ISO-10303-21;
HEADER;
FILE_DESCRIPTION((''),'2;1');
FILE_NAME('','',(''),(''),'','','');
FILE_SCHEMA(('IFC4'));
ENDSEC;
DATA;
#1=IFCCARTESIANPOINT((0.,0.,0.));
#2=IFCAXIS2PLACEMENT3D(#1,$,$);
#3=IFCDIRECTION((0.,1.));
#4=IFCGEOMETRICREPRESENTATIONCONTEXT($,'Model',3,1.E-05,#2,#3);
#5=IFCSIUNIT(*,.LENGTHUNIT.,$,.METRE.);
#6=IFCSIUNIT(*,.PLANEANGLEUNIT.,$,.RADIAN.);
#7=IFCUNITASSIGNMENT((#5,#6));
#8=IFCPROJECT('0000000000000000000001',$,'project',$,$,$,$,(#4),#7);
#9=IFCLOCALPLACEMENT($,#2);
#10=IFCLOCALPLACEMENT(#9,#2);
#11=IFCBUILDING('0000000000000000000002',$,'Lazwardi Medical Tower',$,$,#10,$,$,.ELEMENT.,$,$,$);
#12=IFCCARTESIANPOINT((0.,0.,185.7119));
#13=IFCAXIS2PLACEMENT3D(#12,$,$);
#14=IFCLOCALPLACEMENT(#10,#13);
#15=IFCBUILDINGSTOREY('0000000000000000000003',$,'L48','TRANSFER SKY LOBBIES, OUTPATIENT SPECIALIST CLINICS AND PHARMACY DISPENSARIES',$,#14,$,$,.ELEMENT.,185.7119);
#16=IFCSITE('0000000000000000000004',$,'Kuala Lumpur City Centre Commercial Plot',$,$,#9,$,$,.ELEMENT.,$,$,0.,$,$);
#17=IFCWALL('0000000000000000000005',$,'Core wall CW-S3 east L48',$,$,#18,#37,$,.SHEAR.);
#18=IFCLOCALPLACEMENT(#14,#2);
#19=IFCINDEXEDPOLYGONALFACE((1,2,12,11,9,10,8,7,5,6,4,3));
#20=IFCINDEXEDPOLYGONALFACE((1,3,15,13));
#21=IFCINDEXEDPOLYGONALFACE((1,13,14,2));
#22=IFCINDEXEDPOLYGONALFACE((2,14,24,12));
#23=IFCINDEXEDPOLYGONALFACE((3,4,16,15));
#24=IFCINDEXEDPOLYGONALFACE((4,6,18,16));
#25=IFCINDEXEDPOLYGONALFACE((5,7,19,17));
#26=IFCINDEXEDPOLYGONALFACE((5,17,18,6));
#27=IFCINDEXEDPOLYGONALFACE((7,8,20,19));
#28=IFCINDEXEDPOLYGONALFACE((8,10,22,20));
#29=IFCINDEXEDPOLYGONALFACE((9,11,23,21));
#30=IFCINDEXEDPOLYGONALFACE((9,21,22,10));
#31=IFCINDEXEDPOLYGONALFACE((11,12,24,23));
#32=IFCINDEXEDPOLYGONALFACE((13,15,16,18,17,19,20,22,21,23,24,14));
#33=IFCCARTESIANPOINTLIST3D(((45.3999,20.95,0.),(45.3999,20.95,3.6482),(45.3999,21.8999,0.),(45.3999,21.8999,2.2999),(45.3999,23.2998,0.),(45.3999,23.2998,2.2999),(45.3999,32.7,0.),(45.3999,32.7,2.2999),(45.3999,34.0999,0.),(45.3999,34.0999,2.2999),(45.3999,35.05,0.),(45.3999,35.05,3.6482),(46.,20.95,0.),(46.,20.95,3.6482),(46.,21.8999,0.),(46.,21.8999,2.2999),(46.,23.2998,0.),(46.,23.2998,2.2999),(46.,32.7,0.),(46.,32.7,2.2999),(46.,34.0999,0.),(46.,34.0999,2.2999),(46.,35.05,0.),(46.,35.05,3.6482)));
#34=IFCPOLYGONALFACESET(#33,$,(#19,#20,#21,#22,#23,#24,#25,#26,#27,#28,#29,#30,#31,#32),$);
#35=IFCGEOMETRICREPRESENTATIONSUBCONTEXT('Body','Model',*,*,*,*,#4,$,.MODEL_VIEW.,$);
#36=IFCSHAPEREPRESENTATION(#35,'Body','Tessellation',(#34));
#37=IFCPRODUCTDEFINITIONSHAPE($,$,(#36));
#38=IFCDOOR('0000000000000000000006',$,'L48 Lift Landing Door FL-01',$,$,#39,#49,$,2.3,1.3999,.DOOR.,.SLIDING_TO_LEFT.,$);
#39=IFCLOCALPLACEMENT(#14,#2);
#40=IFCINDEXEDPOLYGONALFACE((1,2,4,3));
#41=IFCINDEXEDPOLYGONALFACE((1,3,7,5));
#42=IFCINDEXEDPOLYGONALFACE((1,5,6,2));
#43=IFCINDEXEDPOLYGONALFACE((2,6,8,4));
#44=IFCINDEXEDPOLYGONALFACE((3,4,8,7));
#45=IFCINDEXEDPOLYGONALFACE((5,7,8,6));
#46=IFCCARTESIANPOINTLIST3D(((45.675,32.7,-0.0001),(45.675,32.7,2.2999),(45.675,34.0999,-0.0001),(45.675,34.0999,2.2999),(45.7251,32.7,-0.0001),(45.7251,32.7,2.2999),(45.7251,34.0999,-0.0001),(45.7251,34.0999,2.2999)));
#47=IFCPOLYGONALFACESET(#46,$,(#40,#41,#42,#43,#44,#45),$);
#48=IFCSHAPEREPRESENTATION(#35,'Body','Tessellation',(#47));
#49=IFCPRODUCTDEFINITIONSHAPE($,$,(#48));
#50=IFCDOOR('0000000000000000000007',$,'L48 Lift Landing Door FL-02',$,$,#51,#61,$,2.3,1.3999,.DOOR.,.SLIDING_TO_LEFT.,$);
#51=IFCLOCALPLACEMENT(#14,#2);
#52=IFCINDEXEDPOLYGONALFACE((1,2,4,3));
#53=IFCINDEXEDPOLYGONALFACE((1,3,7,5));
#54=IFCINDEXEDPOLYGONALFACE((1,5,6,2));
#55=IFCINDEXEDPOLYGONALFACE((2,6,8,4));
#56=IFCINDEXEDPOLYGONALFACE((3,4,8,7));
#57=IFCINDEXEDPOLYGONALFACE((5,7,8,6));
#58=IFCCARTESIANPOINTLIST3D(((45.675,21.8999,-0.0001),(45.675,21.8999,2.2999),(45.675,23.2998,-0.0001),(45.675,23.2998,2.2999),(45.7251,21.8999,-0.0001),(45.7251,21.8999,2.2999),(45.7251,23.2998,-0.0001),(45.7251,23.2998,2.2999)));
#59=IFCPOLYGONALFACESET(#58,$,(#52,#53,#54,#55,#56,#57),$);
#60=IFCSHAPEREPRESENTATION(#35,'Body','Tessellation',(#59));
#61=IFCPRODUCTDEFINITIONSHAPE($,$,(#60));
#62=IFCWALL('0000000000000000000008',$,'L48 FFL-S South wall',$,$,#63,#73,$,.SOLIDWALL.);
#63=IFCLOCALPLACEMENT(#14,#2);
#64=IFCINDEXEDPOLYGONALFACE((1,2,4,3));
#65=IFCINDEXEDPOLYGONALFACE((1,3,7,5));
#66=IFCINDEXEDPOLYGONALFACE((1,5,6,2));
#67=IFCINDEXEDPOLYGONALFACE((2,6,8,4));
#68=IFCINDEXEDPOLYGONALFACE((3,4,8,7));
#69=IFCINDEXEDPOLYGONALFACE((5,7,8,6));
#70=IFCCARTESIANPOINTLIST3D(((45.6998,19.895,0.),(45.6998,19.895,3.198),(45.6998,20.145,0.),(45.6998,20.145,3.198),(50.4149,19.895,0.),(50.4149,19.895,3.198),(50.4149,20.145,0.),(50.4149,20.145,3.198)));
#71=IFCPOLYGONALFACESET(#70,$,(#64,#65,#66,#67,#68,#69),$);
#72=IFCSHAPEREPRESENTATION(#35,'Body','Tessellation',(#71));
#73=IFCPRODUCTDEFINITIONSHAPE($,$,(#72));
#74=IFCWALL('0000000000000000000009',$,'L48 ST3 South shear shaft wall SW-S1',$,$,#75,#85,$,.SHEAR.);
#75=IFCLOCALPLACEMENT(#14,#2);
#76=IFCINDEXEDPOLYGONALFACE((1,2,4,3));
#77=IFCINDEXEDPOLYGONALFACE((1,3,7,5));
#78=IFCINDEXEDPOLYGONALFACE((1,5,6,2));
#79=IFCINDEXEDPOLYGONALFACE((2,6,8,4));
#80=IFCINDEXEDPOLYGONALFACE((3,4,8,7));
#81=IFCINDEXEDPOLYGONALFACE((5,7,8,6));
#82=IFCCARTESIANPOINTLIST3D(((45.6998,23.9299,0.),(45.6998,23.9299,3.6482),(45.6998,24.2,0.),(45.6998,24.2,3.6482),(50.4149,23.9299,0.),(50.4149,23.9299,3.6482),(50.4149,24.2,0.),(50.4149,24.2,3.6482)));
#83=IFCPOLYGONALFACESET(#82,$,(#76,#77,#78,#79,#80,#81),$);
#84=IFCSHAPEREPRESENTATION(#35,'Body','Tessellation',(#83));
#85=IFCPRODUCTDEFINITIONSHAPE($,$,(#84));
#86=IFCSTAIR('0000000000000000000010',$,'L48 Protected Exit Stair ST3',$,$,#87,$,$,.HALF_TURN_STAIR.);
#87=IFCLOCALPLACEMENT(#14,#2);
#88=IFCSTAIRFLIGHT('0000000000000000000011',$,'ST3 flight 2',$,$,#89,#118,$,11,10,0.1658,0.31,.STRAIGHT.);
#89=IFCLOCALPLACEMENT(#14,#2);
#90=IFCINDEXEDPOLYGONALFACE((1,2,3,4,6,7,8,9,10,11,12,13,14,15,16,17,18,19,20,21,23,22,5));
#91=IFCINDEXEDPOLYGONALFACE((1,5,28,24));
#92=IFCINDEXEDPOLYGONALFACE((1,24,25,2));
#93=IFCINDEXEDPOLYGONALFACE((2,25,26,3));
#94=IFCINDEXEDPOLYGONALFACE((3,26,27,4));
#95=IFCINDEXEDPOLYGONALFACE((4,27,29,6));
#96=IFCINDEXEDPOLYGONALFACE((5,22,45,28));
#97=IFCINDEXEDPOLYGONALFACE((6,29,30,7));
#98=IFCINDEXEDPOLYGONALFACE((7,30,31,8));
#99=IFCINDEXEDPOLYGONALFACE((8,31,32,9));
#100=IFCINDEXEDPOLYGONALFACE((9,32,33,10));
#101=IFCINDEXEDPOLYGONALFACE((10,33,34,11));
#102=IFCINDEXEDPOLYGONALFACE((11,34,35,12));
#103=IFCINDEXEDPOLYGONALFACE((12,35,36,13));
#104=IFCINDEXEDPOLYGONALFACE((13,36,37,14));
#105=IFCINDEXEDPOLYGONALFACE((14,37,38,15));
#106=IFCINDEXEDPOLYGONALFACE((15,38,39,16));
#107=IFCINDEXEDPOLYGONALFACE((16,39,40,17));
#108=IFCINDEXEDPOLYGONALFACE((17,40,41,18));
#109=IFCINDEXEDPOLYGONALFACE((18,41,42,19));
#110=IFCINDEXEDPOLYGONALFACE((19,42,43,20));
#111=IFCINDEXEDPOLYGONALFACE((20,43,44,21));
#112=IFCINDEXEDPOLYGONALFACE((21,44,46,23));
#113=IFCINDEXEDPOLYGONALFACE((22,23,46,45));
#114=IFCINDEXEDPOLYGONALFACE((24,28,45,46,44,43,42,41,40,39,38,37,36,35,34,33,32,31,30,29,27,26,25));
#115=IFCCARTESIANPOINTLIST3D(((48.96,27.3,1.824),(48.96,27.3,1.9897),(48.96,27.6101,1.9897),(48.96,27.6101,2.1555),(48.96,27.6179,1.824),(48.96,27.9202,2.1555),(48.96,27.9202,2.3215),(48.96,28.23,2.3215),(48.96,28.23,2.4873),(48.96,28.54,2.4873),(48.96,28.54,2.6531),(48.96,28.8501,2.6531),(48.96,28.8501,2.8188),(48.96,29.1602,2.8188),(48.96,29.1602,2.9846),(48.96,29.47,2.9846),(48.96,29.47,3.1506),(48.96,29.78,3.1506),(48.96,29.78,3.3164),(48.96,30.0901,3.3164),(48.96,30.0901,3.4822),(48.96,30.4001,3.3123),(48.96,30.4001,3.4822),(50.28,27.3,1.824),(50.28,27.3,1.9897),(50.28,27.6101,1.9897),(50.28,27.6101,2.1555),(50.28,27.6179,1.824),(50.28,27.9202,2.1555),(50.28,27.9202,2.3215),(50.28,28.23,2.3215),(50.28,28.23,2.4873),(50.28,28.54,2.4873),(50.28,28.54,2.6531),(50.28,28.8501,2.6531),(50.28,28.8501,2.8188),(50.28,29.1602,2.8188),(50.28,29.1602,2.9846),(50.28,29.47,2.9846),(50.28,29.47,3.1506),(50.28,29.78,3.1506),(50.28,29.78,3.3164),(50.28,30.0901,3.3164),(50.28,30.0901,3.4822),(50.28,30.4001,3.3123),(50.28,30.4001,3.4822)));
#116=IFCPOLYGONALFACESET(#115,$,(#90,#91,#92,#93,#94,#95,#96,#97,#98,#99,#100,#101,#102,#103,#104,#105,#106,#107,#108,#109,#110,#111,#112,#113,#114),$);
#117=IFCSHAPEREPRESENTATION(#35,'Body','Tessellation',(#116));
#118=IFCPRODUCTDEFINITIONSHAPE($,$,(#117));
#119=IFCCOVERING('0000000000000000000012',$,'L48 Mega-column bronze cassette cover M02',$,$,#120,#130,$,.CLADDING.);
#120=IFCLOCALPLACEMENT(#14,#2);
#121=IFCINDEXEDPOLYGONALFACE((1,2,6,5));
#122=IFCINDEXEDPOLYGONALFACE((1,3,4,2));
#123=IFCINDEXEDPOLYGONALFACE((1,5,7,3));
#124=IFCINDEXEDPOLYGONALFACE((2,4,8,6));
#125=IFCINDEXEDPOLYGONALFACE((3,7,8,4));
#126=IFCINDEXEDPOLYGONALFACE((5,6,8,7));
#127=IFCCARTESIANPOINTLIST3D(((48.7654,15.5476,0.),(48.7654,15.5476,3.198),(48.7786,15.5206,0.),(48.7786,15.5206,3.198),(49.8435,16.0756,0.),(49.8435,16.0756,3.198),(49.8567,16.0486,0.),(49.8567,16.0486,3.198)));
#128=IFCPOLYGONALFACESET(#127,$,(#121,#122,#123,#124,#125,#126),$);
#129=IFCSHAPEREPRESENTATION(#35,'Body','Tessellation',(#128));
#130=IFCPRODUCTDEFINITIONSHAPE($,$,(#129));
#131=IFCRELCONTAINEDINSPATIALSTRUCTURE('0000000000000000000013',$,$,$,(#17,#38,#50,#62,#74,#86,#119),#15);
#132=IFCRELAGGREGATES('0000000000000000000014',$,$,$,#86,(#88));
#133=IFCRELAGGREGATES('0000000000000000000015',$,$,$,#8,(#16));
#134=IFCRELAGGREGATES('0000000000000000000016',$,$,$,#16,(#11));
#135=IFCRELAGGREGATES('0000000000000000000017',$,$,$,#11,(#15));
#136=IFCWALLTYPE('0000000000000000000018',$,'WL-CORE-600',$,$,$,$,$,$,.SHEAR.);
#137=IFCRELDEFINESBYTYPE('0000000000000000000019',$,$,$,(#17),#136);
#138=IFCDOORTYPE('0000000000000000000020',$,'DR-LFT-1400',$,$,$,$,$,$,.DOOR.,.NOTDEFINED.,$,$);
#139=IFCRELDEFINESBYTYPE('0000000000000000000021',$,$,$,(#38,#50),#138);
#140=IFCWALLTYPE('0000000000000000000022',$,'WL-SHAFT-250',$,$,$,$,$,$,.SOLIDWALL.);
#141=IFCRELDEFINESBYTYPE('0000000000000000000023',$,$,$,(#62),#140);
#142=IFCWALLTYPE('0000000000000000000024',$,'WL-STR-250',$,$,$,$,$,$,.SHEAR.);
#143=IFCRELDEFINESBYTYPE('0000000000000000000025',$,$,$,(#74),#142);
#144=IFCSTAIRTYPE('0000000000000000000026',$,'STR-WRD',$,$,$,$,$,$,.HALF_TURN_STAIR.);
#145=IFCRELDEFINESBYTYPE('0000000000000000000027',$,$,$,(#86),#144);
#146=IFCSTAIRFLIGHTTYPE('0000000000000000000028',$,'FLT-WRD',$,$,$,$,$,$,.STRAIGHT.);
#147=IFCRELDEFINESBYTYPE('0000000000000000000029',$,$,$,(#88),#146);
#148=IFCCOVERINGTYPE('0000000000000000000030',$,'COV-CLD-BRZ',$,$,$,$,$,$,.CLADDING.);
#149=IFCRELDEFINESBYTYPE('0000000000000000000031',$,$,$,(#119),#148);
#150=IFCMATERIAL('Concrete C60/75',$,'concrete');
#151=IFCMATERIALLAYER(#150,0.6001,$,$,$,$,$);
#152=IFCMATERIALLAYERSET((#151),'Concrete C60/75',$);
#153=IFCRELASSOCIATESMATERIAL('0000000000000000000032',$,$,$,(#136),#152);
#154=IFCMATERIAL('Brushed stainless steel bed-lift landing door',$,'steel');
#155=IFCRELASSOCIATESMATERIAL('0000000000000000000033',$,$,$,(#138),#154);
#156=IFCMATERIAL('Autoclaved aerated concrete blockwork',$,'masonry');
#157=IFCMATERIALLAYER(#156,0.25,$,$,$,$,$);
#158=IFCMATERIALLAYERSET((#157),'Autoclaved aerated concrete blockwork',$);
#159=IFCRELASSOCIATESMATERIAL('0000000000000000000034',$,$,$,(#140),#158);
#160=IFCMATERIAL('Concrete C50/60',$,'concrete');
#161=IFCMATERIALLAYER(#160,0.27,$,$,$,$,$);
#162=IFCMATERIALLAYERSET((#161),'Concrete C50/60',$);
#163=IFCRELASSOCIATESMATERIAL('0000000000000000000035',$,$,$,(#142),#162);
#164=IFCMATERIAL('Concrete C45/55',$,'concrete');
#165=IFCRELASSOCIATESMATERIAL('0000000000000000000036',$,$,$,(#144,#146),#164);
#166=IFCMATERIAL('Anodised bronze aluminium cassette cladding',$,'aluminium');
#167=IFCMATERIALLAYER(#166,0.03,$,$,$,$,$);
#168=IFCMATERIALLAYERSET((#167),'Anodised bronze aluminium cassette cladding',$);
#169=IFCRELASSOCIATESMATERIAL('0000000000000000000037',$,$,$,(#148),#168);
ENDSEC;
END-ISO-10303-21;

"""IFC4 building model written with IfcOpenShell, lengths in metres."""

from ifc_helpers import new_model, si_unit, direction, frame, frame_2d, origin, origin_2d, place, context, subcontext, project, spatial, polyline, rectangle, outline, extrude, material, layer, layer_set, type_object, element, fill, aggregate, save


model = new_model("IFC4")

# Units and contexts
model_context = context("Model", 3, precision=1e-05, world=origin(), true_north=direction((0.0, 1.0)))
body_context = subcontext(model_context, "Body", "Model", "MODEL_VIEW")
ifc_project = project(units=[si_unit("LENGTHUNIT", "METRE"), si_unit("PLANEANGLEUNIT", "RADIAN")], contexts=[model_context])

# Site, building, storey
site_placement = place(None, origin())
site = spatial("IfcSite", under=ifc_project, at=site_placement, Name="Kuala Lumpur City Centre Commercial Plot", CompositionType="ELEMENT", RefElevation=0.0)
building_placement = place(site_placement, origin())
building = spatial("IfcBuilding", under=site, at=building_placement, Name="Lazwardi Medical Tower", CompositionType="ELEMENT")
storey_placement = place(building_placement, frame((0.0, 0.0, 185.7119)))
storey = spatial("IfcBuildingStorey", under=building, at=storey_placement, Name="L48", Description="TRANSFER SKY LOBBIES, OUTPATIENT SPECIALIST CLINICS AND PHARMACY DISPENSARIES", CompositionType="ELEMENT", Elevation=185.7119)

# Shared definitions
ifc_material_1 = material(Name="Concrete C60/75", Category="concrete")

# Wall, openings, doors
ifc_layer_1 = layer(ifc_material_1, 0.6001)
ifc_layer_set_1 = layer_set([ifc_layer_1], Name="Concrete C60/75")
wall_type_1 = type_object("IfcWallType", Name="WL-CORE-600", PredefinedType="SHEAR", material=ifc_layer_set_1)
wall_1_placement = place(storey_placement, frame((45.7, 20.95, 0.0), z_axis=(0.0, 0.0, 1.0), x_axis=(0.0, 1.0, 0.0)))
wall_1 = element("IfcWall", 1, at=wall_1_placement, inside=storey, type_object=wall_type_1, Name="Core wall CW-S3 east L48", PredefinedType="SHEAR", context=body_context, shape_type="SweptSolid", body=[
    extrude(rectangle(XDim=14.1001, YDim=0.6001, at=frame_2d((7.05, 0.0))), origin(), (0.0, 0.0, 1.0), 3.6482),
])
opening_1_placement = place(wall_1_placement, frame((11.75, 0.0, 0.0)))
opening_1 = element("IfcOpeningElement", 2, at=opening_1_placement, cuts=wall_1, PredefinedType="OPENING", context=body_context, shape_type="SweptSolid", body=[
    extrude(rectangle(XDim=1.3999, YDim=2.3, at=frame_2d((0.7, 1.1499))), frame((0.0, 0.3101, 0.0), z_axis=(0.0, -1.0, 0.0), x_axis=(1.0, 0.0, 0.0)), (0.0, 0.0, 1.0), 0.6201),
])
opening_2_placement = place(wall_1_placement, frame((0.95, 0.0, 0.0)))
opening_2 = element("IfcOpeningElement", 3, at=opening_2_placement, cuts=wall_1, PredefinedType="OPENING", context=body_context, shape_type="SweptSolid", body=[
    extrude(rectangle(XDim=1.3999, YDim=2.3, at=frame_2d((0.7, 1.1499))), frame((0.0, 0.3101, 0.0), z_axis=(0.0, -1.0, 0.0), x_axis=(1.0, 0.0, 0.0)), (0.0, 0.0, 1.0), 0.6201),
])
ifc_material_2 = material(Name="Brushed stainless steel bed-lift landing door", Category="steel")
door_type = type_object("IfcDoorType", Name="DR-LFT-1400", OperationType="NOTDEFINED", PredefinedType="DOOR", material=ifc_material_2)
door_1_placement = place(opening_1_placement, origin())
door_1 = element("IfcDoor", 4, at=door_1_placement, inside=storey, type_object=door_type, Name="L48 Lift Landing Door FL-01", OperationType="SLIDING_TO_LEFT", OverallHeight=2.3, OverallWidth=1.3999, PredefinedType="DOOR", context=body_context, shape_type="SweptSolid", body=[
    extrude(rectangle(XDim=1.3999, YDim=2.3, at=frame_2d((0.7, 1.1499))), frame((0.0, 0.0249, 0.0), z_axis=(0.0, -1.0, 0.0), x_axis=(1.0, 0.0, 0.0)), (0.0, 0.0, 1.0), 0.05),
])
fill(opening_1, door_1)
door_2_placement = place(opening_2_placement, origin())
door_2 = element("IfcDoor", 5, at=door_2_placement, inside=storey, type_object=door_type, Name="L48 Lift Landing Door FL-02", OperationType="SLIDING_TO_LEFT", OverallHeight=2.3, OverallWidth=1.3999, PredefinedType="DOOR", context=body_context, shape_type="SweptSolid", body=[
    extrude(rectangle(XDim=1.3999, YDim=2.3, at=frame_2d((0.7, 1.1499))), frame((0.0, 0.0249, 0.0), z_axis=(0.0, -1.0, 0.0), x_axis=(1.0, 0.0, 0.0)), (0.0, 0.0, 1.0), 0.05),
])
fill(opening_2, door_2)

# Walls
ifc_material_3 = material(Name="Autoclaved aerated concrete blockwork", Category="masonry")
ifc_layer_2 = layer(ifc_material_3, 0.25)
ifc_layer_set_2 = layer_set([ifc_layer_2], Name="Autoclaved aerated concrete blockwork")
wall_type_2 = type_object("IfcWallType", Name="WL-SHAFT-250", PredefinedType="SOLIDWALL", material=ifc_layer_set_2)
wall_2_placement = place(storey_placement, frame((45.7, 20.02, 0.0), z_axis=(0.0, 0.0, 1.0), x_axis=(1.0, 0.0, 0.0)))
element("IfcWall", 6, at=wall_2_placement, inside=storey, type_object=wall_type_2, Name="L48 FFL-S South wall", PredefinedType="SOLIDWALL", context=body_context, shape_type="SweptSolid", body=[
    extrude(rectangle(XDim=4.7151, YDim=0.25, at=frame_2d((2.3574, 0.0))), origin(), (0.0, 0.0, 1.0), 3.198),
])
ifc_material_4 = material(Name="Concrete C50/60", Category="concrete")
ifc_layer_3 = layer(ifc_material_4, 0.27)
ifc_layer_set_3 = layer_set([ifc_layer_3], Name="Concrete C50/60")
wall_type_3 = type_object("IfcWallType", Name="WL-STR-250", PredefinedType="SHEAR", material=ifc_layer_set_3)
wall_3_placement = place(storey_placement, frame((45.7, 24.0649, 0.0), z_axis=(0.0, 0.0, 1.0), x_axis=(1.0, 0.0, 0.0)))
element("IfcWall", 7, at=wall_3_placement, inside=storey, type_object=wall_type_3, Name="L48 ST3 South shear shaft wall SW-S1", PredefinedType="SHEAR", context=body_context, shape_type="SweptSolid", body=[
    extrude(rectangle(XDim=4.7151, YDim=0.27, at=frame_2d((2.3574, 0.0))), origin(), (0.0, 0.0, 1.0), 3.6482),
])

# Stair, stair flight
ifc_material_5 = material(Name="Concrete C45/55", Category="concrete")
stair_type = type_object("IfcStairType", Name="STR-WRD", PredefinedType="HALF_TURN_STAIR", material=ifc_material_5)
stair_placement = place(storey_placement, origin())
stair = element("IfcStair", 8, at=stair_placement, inside=storey, type_object=stair_type, Name="L48 Protected Exit Stair ST3", PredefinedType="HALF_TURN_STAIR")
stair_flight_type = type_object("IfcStairFlightType", Name="FLT-WRD", PredefinedType="STRAIGHT", material=ifc_material_5)
stair_flight_placement = place(storey_placement, frame((49.6201, 27.3, 1.824), z_axis=(0.0, 0.0, 1.0), x_axis=(0.0, 1.0, 0.0)))
stair_flight = element("IfcStairFlight", 9, at=stair_flight_placement, type_object=stair_flight_type, Name="ST3 flight 2", NumberOfRisers=11, NumberOfTreads=10, PredefinedType="STRAIGHT", RiserHeight=0.1658, TreadLength=0.31, context=body_context, shape_type="SweptSolid", body=[
    extrude(outline(polyline([(0.0, 0.0), (0.0, 0.1658), (0.3101, 0.1658), (0.3101, 0.3315), (0.6201, 0.3315), (0.6201, 0.4976), (0.9299, 0.4976), (0.9299, 0.6633), (1.24, 0.6633), (1.24, 0.8291), (1.55, 0.8291), (1.55, 0.9949), (1.8601, 0.9949), (1.8601, 1.1606), (2.1699, 1.1606), (2.1699, 1.3267), (2.48, 1.3267), (2.48, 1.4924), (2.79, 1.4924), (2.79, 1.6582), (3.1001, 1.6582), (3.1001, 1.824), (3.1001, 1.4883), (0.3179, 0.0), (0.0, 0.0)])), frame((0.0, 0.6602, 0.0), z_axis=(0.0, -1.0, 0.0), x_axis=(1.0, 0.0, 0.0)), (0.0, 0.0, 1.0), 1.3201),
])
aggregate(stair, [stair_flight])

# Covering
ifc_material_6 = material(Name="Anodised bronze aluminium cassette cladding", Category="aluminium")
ifc_layer_4 = layer(ifc_material_6, 0.03)
ifc_layer_set_4 = layer_set([ifc_layer_4], Name="Anodised bronze aluminium cassette cladding")
covering_type = type_object("IfcCoveringType", Name="COV-CLD-BRZ", PredefinedType="CLADDING", material=ifc_layer_set_4)
covering_placement = place(storey_placement, frame((49.311, 15.7981, 0.0), z_axis=(0.0, 0.0, 1.0), x_axis=(0.898079, 0.439834, 0.0)))
element("IfcCovering", 10, at=covering_placement, inside=storey, type_object=covering_type, Name="L48 Mega-column bronze cassette cover M02", PredefinedType="CLADDING", context=body_context, shape_type="SweptSolid", body=[
    extrude(rectangle(XDim=1.2004, YDim=0.03, at=origin_2d()), origin(), (0.0, 0.0, 1.0), 3.198),
])

save(model, "model.ifc")
